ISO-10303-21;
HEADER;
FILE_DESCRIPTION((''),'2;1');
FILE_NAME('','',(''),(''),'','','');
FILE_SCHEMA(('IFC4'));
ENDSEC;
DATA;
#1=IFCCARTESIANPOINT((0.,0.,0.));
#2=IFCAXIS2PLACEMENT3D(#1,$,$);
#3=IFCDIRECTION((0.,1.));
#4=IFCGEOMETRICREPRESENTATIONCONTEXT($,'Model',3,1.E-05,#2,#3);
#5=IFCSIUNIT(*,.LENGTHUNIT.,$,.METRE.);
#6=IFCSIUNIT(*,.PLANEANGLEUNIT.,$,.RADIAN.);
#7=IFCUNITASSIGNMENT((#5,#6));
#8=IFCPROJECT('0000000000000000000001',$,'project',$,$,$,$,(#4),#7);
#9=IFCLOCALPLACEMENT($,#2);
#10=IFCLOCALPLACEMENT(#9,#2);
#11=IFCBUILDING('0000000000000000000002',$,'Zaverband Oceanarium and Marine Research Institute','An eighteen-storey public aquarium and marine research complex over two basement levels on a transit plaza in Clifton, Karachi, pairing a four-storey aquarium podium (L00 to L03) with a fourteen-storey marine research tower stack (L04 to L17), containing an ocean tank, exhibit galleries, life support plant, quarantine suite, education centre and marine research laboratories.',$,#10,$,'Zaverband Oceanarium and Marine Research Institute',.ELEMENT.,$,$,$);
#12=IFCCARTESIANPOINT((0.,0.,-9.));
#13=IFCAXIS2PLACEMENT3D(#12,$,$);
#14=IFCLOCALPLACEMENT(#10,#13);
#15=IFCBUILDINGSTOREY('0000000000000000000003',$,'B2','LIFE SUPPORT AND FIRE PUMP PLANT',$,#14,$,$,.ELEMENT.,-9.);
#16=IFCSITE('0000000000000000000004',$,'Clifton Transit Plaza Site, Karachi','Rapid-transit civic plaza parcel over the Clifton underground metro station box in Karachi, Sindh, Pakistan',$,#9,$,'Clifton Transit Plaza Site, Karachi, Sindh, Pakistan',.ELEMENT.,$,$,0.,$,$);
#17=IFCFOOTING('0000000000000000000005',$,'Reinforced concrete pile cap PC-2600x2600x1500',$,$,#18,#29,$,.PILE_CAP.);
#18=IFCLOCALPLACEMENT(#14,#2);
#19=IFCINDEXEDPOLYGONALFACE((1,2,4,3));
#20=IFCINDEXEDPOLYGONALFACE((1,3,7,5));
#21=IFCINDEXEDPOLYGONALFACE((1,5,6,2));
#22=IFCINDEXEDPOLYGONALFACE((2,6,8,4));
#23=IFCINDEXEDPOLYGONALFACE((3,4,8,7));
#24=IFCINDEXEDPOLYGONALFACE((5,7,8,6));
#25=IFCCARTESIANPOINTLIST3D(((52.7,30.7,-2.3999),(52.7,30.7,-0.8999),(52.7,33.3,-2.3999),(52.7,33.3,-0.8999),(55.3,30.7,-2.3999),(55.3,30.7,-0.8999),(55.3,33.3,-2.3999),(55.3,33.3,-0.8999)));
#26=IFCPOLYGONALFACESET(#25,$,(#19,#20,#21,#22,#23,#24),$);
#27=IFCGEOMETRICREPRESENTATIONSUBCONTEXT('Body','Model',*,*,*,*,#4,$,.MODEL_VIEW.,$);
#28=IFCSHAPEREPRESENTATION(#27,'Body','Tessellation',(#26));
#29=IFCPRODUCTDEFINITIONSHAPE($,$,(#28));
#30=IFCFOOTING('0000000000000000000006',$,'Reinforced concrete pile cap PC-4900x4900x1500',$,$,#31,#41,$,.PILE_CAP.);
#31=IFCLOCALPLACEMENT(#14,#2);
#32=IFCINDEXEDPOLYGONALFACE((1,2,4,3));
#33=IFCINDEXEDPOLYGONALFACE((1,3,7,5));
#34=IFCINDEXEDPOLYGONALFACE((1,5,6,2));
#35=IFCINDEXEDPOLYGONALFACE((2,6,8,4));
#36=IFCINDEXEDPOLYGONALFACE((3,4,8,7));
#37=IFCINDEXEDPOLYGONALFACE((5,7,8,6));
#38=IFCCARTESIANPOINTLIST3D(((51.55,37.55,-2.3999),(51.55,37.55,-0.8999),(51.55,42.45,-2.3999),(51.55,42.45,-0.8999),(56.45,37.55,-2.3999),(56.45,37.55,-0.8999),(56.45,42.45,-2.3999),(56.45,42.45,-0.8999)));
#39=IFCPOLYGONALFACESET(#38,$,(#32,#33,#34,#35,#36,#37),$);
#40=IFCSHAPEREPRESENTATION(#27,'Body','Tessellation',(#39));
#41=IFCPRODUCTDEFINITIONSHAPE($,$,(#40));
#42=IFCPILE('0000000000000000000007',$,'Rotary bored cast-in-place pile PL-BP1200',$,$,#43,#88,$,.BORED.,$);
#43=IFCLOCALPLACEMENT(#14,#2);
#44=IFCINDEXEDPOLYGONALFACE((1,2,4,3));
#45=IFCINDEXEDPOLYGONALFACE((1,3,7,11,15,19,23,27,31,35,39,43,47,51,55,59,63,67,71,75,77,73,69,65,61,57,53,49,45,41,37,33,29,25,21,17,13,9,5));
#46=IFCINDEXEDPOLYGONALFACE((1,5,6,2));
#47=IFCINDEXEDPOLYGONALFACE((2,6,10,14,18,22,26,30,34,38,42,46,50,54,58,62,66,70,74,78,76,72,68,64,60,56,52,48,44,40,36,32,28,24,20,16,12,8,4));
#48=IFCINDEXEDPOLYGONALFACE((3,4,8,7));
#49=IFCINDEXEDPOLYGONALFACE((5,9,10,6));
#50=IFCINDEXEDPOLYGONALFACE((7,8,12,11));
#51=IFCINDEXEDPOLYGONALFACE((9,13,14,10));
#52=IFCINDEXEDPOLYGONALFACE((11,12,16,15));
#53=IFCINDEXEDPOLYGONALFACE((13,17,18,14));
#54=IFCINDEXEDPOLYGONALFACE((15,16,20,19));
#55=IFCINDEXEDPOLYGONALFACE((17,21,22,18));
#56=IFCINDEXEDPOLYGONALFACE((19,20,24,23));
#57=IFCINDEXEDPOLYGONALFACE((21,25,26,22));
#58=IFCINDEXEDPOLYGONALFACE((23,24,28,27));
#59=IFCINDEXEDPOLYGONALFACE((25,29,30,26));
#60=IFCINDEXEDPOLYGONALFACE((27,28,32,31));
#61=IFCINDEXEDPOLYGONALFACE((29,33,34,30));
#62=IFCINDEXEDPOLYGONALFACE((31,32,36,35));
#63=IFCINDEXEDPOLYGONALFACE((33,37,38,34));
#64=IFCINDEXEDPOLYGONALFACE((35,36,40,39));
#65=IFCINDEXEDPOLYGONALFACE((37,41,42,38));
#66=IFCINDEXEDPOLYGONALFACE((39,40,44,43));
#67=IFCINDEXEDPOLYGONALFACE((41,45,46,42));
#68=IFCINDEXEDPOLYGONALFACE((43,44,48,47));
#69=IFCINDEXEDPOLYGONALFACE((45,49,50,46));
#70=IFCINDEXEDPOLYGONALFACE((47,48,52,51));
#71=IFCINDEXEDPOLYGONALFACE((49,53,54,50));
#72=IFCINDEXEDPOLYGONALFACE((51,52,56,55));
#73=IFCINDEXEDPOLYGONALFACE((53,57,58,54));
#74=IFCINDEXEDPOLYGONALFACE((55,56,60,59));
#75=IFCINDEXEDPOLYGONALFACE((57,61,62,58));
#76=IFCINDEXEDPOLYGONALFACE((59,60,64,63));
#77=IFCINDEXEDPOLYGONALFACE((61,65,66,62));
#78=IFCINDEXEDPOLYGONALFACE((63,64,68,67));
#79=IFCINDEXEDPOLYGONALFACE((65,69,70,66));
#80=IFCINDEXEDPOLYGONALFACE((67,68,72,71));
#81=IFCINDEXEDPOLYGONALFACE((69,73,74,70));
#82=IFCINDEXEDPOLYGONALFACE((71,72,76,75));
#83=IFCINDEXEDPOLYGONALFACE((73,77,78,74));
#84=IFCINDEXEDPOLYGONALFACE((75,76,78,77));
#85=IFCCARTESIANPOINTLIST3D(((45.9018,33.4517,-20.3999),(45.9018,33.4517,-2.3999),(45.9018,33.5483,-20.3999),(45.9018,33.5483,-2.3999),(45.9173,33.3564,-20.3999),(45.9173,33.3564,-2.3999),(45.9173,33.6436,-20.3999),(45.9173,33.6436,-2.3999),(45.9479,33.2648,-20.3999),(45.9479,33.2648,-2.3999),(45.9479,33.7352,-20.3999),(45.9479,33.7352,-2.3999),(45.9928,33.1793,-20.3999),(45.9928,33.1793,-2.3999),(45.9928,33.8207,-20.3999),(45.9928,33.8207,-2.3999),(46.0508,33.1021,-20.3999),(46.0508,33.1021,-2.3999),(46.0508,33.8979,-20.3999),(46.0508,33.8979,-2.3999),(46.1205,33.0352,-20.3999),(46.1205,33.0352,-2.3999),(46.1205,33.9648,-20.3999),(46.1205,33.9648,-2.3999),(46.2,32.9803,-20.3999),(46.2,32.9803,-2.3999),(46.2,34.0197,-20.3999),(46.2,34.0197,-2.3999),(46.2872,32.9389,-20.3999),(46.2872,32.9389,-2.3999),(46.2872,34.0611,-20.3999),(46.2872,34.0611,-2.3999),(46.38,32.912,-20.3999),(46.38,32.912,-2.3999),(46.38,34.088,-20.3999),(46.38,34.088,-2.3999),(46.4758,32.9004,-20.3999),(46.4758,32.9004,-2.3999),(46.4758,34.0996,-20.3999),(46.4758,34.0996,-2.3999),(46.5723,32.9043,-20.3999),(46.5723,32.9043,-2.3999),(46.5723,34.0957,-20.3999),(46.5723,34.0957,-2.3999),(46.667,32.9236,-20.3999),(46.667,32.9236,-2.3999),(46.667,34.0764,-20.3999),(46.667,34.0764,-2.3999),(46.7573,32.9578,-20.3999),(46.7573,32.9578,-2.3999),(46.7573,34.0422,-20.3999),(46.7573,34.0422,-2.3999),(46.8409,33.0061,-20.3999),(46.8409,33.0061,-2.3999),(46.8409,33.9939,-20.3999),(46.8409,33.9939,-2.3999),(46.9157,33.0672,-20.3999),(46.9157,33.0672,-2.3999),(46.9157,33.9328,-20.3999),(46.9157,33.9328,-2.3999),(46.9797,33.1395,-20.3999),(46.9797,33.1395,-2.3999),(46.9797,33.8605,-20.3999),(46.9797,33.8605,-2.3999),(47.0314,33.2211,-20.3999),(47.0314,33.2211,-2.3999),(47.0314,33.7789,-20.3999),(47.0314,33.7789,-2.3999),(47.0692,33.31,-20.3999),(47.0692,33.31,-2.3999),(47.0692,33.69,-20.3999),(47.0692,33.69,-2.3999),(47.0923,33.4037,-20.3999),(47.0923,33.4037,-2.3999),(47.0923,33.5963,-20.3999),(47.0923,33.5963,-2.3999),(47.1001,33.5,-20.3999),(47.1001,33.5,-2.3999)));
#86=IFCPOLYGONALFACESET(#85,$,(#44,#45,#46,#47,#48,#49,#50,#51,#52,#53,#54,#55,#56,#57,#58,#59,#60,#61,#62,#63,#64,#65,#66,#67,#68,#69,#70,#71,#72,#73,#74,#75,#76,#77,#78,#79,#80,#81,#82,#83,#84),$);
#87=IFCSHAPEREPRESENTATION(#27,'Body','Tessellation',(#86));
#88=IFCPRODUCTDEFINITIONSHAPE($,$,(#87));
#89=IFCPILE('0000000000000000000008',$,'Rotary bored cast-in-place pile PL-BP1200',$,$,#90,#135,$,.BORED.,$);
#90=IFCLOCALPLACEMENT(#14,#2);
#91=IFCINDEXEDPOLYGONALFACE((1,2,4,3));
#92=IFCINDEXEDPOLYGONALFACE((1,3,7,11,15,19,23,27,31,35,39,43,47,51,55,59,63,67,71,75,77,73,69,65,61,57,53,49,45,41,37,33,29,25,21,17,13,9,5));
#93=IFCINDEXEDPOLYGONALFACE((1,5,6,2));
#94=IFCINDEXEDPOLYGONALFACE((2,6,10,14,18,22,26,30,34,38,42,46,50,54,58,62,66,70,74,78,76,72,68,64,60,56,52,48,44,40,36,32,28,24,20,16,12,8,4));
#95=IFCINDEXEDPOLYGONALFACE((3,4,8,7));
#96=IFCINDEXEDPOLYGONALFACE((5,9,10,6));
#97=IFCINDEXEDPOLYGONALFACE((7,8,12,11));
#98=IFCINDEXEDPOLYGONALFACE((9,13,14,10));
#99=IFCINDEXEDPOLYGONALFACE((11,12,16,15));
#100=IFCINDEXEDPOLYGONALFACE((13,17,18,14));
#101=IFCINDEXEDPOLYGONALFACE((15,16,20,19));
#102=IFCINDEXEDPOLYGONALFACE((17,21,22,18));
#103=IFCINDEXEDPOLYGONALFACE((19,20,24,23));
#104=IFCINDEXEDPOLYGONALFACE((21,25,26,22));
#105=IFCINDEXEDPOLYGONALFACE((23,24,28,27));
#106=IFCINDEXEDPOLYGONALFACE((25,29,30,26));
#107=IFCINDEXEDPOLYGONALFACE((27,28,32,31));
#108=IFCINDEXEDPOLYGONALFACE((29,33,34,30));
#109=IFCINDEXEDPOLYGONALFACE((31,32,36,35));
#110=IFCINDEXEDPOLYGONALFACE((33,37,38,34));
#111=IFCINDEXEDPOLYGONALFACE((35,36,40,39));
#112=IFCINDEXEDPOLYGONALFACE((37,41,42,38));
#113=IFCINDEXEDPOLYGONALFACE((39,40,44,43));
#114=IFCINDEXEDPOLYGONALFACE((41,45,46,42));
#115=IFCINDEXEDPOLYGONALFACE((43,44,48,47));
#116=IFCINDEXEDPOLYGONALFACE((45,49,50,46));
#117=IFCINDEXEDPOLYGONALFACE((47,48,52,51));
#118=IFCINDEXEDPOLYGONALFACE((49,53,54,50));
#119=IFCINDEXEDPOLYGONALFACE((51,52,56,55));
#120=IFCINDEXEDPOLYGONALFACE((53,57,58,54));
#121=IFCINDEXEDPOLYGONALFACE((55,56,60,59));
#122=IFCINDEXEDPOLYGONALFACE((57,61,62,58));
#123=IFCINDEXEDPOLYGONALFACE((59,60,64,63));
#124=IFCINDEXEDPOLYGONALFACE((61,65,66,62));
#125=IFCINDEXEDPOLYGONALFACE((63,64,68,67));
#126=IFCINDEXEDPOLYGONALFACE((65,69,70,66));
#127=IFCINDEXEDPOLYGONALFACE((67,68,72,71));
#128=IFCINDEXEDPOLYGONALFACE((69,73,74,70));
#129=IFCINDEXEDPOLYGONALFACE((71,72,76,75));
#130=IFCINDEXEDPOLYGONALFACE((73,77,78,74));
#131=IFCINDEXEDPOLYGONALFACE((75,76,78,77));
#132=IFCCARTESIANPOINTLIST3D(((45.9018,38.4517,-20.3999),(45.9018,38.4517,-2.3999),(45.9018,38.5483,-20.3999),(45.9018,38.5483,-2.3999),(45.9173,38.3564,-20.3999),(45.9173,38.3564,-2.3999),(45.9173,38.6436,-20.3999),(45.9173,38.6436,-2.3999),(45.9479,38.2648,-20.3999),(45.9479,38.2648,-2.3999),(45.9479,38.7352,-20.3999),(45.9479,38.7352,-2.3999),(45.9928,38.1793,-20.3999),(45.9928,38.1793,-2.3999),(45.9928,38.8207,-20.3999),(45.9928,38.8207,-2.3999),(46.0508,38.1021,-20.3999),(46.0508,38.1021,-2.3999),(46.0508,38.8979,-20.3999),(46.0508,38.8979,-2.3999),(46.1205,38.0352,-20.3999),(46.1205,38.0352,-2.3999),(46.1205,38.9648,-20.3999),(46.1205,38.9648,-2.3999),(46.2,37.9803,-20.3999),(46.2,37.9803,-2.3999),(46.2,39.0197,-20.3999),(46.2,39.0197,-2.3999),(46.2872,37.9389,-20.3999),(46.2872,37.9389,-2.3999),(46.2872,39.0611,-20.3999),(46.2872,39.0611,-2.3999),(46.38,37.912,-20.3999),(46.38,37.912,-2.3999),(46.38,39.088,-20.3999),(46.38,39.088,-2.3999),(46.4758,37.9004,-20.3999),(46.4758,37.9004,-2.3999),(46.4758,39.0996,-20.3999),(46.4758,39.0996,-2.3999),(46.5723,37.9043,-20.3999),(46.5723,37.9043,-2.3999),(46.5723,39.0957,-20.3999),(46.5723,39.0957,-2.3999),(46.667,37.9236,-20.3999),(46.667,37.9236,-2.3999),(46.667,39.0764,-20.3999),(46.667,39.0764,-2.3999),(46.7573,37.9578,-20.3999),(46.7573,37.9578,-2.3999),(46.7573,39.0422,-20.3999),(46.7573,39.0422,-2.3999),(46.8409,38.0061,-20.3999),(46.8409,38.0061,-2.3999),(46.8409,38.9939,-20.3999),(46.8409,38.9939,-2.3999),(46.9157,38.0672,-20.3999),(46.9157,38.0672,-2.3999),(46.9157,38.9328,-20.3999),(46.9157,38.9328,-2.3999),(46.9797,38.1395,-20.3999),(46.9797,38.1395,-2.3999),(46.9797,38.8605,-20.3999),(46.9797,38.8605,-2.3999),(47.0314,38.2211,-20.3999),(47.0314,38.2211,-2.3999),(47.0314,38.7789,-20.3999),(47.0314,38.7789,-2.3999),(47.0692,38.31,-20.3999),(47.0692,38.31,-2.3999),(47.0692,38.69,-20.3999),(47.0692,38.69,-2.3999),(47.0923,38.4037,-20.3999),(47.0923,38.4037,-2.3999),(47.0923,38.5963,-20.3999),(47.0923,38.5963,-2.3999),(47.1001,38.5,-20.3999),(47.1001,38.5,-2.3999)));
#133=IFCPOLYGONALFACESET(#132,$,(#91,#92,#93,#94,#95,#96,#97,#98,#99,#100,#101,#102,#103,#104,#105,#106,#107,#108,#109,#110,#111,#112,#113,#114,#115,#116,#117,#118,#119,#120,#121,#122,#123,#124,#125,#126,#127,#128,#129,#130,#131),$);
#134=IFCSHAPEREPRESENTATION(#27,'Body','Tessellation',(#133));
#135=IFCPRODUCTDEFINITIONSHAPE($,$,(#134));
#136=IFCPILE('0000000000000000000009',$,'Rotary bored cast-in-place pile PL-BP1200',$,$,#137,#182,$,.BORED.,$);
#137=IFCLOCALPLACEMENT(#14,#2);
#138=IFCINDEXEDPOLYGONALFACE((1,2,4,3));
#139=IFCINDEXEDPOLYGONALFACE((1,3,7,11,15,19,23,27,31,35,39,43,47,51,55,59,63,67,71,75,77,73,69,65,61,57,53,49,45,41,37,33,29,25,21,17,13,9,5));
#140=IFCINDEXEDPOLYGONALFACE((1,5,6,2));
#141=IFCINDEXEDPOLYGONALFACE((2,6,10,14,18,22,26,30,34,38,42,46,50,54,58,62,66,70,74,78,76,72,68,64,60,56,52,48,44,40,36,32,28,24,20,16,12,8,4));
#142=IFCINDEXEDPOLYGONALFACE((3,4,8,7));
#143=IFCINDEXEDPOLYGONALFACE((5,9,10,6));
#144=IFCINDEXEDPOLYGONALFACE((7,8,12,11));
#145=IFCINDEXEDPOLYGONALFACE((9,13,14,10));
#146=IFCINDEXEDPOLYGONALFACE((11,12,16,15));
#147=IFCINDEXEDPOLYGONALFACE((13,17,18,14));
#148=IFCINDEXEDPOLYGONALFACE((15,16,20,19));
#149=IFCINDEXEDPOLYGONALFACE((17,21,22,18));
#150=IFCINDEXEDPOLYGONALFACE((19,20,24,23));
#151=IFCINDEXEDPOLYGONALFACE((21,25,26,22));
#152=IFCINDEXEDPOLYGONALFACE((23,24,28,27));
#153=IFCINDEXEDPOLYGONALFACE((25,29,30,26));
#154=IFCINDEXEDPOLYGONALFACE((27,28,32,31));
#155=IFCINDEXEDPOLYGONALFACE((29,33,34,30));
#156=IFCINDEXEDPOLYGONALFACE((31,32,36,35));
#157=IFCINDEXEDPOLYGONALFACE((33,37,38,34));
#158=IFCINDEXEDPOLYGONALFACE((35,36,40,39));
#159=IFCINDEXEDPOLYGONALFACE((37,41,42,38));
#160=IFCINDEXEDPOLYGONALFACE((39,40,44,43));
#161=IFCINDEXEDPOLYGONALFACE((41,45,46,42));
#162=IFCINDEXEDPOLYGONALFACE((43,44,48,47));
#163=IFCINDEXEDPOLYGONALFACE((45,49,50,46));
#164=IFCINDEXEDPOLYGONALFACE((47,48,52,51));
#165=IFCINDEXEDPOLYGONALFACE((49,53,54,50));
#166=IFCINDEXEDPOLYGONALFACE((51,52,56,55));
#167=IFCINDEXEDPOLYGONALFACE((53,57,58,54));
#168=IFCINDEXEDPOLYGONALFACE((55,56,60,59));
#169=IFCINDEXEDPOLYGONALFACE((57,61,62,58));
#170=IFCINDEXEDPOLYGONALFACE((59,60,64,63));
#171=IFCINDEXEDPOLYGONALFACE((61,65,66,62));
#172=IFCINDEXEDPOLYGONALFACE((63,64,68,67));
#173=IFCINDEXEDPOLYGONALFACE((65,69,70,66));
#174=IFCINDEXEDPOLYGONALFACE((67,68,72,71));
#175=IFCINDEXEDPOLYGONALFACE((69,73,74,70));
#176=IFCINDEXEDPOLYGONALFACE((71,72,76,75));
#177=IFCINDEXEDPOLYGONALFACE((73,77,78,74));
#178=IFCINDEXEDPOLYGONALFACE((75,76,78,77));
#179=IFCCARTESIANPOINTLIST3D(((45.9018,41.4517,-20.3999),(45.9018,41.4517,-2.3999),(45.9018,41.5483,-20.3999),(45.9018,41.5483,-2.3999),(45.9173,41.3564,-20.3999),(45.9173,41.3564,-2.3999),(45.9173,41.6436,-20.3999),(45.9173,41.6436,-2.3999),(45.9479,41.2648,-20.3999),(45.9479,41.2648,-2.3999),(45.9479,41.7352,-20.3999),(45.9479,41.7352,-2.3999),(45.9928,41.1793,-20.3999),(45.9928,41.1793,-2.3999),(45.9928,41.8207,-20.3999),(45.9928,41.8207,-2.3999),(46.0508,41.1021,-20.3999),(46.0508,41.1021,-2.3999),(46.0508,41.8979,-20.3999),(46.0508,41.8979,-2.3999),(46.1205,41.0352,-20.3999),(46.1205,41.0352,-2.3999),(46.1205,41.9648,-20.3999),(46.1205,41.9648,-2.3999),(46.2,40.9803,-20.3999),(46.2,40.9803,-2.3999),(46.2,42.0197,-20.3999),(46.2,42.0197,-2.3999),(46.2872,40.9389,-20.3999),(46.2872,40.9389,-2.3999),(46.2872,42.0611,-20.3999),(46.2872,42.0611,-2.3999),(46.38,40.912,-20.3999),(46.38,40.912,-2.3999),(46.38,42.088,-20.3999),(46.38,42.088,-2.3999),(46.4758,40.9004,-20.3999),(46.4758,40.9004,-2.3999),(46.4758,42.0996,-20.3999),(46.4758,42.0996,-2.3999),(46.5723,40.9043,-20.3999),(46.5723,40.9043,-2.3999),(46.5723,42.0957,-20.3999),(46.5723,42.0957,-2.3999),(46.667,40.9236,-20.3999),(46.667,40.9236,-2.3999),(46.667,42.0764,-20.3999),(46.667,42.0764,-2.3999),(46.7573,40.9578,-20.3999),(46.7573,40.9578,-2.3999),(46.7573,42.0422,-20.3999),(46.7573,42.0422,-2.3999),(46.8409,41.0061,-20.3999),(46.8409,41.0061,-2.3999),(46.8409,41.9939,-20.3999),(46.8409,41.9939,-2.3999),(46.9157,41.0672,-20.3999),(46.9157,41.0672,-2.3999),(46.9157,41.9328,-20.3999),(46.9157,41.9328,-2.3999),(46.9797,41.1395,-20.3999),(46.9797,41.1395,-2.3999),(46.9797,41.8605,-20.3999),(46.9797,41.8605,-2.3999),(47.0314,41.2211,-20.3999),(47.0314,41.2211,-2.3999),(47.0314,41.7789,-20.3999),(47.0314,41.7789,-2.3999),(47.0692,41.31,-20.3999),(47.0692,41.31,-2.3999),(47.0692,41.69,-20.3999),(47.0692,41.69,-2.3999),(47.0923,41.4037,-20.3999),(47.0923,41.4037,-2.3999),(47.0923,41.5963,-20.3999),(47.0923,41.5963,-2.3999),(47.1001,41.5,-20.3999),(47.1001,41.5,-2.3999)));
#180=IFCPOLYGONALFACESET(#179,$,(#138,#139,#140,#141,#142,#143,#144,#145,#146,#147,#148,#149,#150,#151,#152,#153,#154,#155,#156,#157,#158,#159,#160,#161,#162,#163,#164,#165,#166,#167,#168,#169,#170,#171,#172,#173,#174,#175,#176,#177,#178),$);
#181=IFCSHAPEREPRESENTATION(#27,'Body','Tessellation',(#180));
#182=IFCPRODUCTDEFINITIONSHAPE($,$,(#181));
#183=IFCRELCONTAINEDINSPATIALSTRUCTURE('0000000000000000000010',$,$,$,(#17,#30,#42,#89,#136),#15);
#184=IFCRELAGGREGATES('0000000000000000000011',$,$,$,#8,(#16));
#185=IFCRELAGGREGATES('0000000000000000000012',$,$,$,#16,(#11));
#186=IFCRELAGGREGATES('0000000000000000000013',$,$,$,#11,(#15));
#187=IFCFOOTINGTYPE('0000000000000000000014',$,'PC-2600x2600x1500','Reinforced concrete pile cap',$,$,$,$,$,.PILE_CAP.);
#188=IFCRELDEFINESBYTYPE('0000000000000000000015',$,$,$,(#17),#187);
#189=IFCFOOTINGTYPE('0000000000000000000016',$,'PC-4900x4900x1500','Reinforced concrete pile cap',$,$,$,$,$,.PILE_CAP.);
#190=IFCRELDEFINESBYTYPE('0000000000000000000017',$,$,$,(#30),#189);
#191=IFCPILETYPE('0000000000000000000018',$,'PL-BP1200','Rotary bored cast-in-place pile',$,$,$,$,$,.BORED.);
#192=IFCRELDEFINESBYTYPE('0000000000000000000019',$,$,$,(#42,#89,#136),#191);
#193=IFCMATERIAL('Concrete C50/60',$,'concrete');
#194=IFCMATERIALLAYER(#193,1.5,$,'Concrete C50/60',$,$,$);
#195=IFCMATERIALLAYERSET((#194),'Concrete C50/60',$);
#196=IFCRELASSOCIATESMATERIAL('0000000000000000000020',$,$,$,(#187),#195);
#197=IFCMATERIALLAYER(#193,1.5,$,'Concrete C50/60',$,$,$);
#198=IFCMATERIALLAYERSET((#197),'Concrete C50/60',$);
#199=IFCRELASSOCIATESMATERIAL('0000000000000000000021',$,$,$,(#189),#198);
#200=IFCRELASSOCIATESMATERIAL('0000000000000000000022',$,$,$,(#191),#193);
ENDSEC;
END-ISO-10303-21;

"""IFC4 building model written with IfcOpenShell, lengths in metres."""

from ifc_helpers import new_model, si_unit, direction, frame, origin, origin_2d, place, context, subcontext, project, spatial, rectangle, circle, extrude, material, layer, layer_set, material_profile, profile_set, type_object, element, save


model = new_model("IFC4")

# Units and contexts
model_context = context("Model", 3, precision=1e-05, world=origin(), true_north=direction((0.0, 1.0)))
body_context = subcontext(model_context, "Body", "Model", "MODEL_VIEW")
ifc_project = project(units=[si_unit("LENGTHUNIT", "METRE"), si_unit("PLANEANGLEUNIT", "RADIAN")], contexts=[model_context])

# Site, building, storey
site_placement = place(None, origin())
site = spatial("IfcSite", under=ifc_project, at=site_placement, Name="Clifton Transit Plaza Site, Karachi", Description="Rapid-transit civic plaza parcel over the Clifton underground metro station box in Karachi, Sindh, Pakistan", LongName="Clifton Transit Plaza Site, Karachi, Sindh, Pakistan", CompositionType="ELEMENT", RefElevation=0.0)
building_placement = place(site_placement, origin())
building = spatial("IfcBuilding", under=site, at=building_placement, Name="Zaverband Oceanarium and Marine Research Institute", Description="An eighteen-storey public aquarium and marine research complex over two basement levels on a transit plaza in Clifton, Karachi, pairing a four-storey aquarium podium (L00 to L03) with a fourteen-storey marine research tower stack (L04 to L17), containing an ocean tank, exhibit galleries, life support plant, quarantine suite, education centre and marine research laboratories.", LongName="Zaverband Oceanarium and Marine Research Institute", CompositionType="ELEMENT")
storey_placement = place(building_placement, frame((0.0, 0.0, -9.0)))
storey = spatial("IfcBuildingStorey", under=building, at=storey_placement, Name="B2", Description="LIFE SUPPORT AND FIRE PUMP PLANT", CompositionType="ELEMENT", Elevation=-9.0)

# Footings
ifc_material_1 = material(Name="Concrete C50/60", Category="concrete")
ifc_layer_1 = layer(ifc_material_1, 1.5, Name="Concrete C50/60")
ifc_layer_set_1 = layer_set([ifc_layer_1], Name="Concrete C50/60")
footing_type_1 = type_object("IfcFootingType", Name="PC-2600x2600x1500", Description="Reinforced concrete pile cap", PredefinedType="PILE_CAP", material=ifc_layer_set_1)
footing_1_placement = place(storey_placement, frame((54.0, 32.0, -2.3999), z_axis=(0.0, 0.0, 1.0), x_axis=(1.0, 0.0, 0.0)))
element("IfcFooting", 1, at=footing_1_placement, inside=storey, type_object=footing_type_1, Name="Reinforced concrete pile cap PC-2600x2600x1500", PredefinedType="PILE_CAP", context=body_context, shape_type="SweptSolid", body=[
    extrude(rectangle(XDim=2.6001, YDim=2.6001, at=origin_2d()), origin(), (0.0, 0.0, 1.0), 1.5),
])
ifc_layer_2 = layer(ifc_material_1, 1.5, Name="Concrete C50/60")
ifc_layer_set_2 = layer_set([ifc_layer_2], Name="Concrete C50/60")
footing_type_2 = type_object("IfcFootingType", Name="PC-4900x4900x1500", Description="Reinforced concrete pile cap", PredefinedType="PILE_CAP", material=ifc_layer_set_2)
footing_2_placement = place(storey_placement, frame((54.0, 40.0, -2.3999), z_axis=(0.0, 0.0, 1.0), x_axis=(1.0, 0.0, 0.0)))
element("IfcFooting", 2, at=footing_2_placement, inside=storey, type_object=footing_type_2, Name="Reinforced concrete pile cap PC-4900x4900x1500", PredefinedType="PILE_CAP", context=body_context, shape_type="SweptSolid", body=[
    extrude(rectangle(XDim=4.8999, YDim=4.8999, at=origin_2d()), origin(), (0.0, 0.0, 1.0), 1.5),
])

# Piles
ifc_material_profile_1 = material_profile(ifc_material_1, circle(Radius=0.6001, at=origin_2d()), Name="BP1200")
ifc_profile_set_1 = profile_set([ifc_material_profile_1], Name="Concrete C50/60")
pile_type = type_object("IfcPileType", Name="PL-BP1200", Description="Rotary bored cast-in-place pile", PredefinedType="BORED", material=ifc_profile_set_1)
for number, where, z_axis, x_axis, name in (
    (3, (46.5, 33.5, -2.3999), (0.0, 0.0, -1.0), (1.0, 0.0, 0.0), "Rotary bored cast-in-place pile PL-BP1200"),
    (4, (46.5, 38.5, -2.3999), (0.0, 0.0, -1.0), (1.0, 0.0, 0.0), "Rotary bored cast-in-place pile PL-BP1200"),
    (5, (46.5, 41.5, -2.3999), (0.0, 0.0, -1.0), (1.0, 0.0, 0.0), "Rotary bored cast-in-place pile PL-BP1200"),
):
    element("IfcPile", number, at=place(storey_placement, frame(where, z_axis=z_axis, x_axis=x_axis)), inside=storey, type_object=pile_type, Name=name, PredefinedType="BORED", context=body_context, shape_type="SweptSolid", body=[
        extrude(circle(Radius=0.6001, at=origin_2d()), origin(), (0.0, 0.0, 1.0), 18.0),
    ])

save(model, "model.ifc")
